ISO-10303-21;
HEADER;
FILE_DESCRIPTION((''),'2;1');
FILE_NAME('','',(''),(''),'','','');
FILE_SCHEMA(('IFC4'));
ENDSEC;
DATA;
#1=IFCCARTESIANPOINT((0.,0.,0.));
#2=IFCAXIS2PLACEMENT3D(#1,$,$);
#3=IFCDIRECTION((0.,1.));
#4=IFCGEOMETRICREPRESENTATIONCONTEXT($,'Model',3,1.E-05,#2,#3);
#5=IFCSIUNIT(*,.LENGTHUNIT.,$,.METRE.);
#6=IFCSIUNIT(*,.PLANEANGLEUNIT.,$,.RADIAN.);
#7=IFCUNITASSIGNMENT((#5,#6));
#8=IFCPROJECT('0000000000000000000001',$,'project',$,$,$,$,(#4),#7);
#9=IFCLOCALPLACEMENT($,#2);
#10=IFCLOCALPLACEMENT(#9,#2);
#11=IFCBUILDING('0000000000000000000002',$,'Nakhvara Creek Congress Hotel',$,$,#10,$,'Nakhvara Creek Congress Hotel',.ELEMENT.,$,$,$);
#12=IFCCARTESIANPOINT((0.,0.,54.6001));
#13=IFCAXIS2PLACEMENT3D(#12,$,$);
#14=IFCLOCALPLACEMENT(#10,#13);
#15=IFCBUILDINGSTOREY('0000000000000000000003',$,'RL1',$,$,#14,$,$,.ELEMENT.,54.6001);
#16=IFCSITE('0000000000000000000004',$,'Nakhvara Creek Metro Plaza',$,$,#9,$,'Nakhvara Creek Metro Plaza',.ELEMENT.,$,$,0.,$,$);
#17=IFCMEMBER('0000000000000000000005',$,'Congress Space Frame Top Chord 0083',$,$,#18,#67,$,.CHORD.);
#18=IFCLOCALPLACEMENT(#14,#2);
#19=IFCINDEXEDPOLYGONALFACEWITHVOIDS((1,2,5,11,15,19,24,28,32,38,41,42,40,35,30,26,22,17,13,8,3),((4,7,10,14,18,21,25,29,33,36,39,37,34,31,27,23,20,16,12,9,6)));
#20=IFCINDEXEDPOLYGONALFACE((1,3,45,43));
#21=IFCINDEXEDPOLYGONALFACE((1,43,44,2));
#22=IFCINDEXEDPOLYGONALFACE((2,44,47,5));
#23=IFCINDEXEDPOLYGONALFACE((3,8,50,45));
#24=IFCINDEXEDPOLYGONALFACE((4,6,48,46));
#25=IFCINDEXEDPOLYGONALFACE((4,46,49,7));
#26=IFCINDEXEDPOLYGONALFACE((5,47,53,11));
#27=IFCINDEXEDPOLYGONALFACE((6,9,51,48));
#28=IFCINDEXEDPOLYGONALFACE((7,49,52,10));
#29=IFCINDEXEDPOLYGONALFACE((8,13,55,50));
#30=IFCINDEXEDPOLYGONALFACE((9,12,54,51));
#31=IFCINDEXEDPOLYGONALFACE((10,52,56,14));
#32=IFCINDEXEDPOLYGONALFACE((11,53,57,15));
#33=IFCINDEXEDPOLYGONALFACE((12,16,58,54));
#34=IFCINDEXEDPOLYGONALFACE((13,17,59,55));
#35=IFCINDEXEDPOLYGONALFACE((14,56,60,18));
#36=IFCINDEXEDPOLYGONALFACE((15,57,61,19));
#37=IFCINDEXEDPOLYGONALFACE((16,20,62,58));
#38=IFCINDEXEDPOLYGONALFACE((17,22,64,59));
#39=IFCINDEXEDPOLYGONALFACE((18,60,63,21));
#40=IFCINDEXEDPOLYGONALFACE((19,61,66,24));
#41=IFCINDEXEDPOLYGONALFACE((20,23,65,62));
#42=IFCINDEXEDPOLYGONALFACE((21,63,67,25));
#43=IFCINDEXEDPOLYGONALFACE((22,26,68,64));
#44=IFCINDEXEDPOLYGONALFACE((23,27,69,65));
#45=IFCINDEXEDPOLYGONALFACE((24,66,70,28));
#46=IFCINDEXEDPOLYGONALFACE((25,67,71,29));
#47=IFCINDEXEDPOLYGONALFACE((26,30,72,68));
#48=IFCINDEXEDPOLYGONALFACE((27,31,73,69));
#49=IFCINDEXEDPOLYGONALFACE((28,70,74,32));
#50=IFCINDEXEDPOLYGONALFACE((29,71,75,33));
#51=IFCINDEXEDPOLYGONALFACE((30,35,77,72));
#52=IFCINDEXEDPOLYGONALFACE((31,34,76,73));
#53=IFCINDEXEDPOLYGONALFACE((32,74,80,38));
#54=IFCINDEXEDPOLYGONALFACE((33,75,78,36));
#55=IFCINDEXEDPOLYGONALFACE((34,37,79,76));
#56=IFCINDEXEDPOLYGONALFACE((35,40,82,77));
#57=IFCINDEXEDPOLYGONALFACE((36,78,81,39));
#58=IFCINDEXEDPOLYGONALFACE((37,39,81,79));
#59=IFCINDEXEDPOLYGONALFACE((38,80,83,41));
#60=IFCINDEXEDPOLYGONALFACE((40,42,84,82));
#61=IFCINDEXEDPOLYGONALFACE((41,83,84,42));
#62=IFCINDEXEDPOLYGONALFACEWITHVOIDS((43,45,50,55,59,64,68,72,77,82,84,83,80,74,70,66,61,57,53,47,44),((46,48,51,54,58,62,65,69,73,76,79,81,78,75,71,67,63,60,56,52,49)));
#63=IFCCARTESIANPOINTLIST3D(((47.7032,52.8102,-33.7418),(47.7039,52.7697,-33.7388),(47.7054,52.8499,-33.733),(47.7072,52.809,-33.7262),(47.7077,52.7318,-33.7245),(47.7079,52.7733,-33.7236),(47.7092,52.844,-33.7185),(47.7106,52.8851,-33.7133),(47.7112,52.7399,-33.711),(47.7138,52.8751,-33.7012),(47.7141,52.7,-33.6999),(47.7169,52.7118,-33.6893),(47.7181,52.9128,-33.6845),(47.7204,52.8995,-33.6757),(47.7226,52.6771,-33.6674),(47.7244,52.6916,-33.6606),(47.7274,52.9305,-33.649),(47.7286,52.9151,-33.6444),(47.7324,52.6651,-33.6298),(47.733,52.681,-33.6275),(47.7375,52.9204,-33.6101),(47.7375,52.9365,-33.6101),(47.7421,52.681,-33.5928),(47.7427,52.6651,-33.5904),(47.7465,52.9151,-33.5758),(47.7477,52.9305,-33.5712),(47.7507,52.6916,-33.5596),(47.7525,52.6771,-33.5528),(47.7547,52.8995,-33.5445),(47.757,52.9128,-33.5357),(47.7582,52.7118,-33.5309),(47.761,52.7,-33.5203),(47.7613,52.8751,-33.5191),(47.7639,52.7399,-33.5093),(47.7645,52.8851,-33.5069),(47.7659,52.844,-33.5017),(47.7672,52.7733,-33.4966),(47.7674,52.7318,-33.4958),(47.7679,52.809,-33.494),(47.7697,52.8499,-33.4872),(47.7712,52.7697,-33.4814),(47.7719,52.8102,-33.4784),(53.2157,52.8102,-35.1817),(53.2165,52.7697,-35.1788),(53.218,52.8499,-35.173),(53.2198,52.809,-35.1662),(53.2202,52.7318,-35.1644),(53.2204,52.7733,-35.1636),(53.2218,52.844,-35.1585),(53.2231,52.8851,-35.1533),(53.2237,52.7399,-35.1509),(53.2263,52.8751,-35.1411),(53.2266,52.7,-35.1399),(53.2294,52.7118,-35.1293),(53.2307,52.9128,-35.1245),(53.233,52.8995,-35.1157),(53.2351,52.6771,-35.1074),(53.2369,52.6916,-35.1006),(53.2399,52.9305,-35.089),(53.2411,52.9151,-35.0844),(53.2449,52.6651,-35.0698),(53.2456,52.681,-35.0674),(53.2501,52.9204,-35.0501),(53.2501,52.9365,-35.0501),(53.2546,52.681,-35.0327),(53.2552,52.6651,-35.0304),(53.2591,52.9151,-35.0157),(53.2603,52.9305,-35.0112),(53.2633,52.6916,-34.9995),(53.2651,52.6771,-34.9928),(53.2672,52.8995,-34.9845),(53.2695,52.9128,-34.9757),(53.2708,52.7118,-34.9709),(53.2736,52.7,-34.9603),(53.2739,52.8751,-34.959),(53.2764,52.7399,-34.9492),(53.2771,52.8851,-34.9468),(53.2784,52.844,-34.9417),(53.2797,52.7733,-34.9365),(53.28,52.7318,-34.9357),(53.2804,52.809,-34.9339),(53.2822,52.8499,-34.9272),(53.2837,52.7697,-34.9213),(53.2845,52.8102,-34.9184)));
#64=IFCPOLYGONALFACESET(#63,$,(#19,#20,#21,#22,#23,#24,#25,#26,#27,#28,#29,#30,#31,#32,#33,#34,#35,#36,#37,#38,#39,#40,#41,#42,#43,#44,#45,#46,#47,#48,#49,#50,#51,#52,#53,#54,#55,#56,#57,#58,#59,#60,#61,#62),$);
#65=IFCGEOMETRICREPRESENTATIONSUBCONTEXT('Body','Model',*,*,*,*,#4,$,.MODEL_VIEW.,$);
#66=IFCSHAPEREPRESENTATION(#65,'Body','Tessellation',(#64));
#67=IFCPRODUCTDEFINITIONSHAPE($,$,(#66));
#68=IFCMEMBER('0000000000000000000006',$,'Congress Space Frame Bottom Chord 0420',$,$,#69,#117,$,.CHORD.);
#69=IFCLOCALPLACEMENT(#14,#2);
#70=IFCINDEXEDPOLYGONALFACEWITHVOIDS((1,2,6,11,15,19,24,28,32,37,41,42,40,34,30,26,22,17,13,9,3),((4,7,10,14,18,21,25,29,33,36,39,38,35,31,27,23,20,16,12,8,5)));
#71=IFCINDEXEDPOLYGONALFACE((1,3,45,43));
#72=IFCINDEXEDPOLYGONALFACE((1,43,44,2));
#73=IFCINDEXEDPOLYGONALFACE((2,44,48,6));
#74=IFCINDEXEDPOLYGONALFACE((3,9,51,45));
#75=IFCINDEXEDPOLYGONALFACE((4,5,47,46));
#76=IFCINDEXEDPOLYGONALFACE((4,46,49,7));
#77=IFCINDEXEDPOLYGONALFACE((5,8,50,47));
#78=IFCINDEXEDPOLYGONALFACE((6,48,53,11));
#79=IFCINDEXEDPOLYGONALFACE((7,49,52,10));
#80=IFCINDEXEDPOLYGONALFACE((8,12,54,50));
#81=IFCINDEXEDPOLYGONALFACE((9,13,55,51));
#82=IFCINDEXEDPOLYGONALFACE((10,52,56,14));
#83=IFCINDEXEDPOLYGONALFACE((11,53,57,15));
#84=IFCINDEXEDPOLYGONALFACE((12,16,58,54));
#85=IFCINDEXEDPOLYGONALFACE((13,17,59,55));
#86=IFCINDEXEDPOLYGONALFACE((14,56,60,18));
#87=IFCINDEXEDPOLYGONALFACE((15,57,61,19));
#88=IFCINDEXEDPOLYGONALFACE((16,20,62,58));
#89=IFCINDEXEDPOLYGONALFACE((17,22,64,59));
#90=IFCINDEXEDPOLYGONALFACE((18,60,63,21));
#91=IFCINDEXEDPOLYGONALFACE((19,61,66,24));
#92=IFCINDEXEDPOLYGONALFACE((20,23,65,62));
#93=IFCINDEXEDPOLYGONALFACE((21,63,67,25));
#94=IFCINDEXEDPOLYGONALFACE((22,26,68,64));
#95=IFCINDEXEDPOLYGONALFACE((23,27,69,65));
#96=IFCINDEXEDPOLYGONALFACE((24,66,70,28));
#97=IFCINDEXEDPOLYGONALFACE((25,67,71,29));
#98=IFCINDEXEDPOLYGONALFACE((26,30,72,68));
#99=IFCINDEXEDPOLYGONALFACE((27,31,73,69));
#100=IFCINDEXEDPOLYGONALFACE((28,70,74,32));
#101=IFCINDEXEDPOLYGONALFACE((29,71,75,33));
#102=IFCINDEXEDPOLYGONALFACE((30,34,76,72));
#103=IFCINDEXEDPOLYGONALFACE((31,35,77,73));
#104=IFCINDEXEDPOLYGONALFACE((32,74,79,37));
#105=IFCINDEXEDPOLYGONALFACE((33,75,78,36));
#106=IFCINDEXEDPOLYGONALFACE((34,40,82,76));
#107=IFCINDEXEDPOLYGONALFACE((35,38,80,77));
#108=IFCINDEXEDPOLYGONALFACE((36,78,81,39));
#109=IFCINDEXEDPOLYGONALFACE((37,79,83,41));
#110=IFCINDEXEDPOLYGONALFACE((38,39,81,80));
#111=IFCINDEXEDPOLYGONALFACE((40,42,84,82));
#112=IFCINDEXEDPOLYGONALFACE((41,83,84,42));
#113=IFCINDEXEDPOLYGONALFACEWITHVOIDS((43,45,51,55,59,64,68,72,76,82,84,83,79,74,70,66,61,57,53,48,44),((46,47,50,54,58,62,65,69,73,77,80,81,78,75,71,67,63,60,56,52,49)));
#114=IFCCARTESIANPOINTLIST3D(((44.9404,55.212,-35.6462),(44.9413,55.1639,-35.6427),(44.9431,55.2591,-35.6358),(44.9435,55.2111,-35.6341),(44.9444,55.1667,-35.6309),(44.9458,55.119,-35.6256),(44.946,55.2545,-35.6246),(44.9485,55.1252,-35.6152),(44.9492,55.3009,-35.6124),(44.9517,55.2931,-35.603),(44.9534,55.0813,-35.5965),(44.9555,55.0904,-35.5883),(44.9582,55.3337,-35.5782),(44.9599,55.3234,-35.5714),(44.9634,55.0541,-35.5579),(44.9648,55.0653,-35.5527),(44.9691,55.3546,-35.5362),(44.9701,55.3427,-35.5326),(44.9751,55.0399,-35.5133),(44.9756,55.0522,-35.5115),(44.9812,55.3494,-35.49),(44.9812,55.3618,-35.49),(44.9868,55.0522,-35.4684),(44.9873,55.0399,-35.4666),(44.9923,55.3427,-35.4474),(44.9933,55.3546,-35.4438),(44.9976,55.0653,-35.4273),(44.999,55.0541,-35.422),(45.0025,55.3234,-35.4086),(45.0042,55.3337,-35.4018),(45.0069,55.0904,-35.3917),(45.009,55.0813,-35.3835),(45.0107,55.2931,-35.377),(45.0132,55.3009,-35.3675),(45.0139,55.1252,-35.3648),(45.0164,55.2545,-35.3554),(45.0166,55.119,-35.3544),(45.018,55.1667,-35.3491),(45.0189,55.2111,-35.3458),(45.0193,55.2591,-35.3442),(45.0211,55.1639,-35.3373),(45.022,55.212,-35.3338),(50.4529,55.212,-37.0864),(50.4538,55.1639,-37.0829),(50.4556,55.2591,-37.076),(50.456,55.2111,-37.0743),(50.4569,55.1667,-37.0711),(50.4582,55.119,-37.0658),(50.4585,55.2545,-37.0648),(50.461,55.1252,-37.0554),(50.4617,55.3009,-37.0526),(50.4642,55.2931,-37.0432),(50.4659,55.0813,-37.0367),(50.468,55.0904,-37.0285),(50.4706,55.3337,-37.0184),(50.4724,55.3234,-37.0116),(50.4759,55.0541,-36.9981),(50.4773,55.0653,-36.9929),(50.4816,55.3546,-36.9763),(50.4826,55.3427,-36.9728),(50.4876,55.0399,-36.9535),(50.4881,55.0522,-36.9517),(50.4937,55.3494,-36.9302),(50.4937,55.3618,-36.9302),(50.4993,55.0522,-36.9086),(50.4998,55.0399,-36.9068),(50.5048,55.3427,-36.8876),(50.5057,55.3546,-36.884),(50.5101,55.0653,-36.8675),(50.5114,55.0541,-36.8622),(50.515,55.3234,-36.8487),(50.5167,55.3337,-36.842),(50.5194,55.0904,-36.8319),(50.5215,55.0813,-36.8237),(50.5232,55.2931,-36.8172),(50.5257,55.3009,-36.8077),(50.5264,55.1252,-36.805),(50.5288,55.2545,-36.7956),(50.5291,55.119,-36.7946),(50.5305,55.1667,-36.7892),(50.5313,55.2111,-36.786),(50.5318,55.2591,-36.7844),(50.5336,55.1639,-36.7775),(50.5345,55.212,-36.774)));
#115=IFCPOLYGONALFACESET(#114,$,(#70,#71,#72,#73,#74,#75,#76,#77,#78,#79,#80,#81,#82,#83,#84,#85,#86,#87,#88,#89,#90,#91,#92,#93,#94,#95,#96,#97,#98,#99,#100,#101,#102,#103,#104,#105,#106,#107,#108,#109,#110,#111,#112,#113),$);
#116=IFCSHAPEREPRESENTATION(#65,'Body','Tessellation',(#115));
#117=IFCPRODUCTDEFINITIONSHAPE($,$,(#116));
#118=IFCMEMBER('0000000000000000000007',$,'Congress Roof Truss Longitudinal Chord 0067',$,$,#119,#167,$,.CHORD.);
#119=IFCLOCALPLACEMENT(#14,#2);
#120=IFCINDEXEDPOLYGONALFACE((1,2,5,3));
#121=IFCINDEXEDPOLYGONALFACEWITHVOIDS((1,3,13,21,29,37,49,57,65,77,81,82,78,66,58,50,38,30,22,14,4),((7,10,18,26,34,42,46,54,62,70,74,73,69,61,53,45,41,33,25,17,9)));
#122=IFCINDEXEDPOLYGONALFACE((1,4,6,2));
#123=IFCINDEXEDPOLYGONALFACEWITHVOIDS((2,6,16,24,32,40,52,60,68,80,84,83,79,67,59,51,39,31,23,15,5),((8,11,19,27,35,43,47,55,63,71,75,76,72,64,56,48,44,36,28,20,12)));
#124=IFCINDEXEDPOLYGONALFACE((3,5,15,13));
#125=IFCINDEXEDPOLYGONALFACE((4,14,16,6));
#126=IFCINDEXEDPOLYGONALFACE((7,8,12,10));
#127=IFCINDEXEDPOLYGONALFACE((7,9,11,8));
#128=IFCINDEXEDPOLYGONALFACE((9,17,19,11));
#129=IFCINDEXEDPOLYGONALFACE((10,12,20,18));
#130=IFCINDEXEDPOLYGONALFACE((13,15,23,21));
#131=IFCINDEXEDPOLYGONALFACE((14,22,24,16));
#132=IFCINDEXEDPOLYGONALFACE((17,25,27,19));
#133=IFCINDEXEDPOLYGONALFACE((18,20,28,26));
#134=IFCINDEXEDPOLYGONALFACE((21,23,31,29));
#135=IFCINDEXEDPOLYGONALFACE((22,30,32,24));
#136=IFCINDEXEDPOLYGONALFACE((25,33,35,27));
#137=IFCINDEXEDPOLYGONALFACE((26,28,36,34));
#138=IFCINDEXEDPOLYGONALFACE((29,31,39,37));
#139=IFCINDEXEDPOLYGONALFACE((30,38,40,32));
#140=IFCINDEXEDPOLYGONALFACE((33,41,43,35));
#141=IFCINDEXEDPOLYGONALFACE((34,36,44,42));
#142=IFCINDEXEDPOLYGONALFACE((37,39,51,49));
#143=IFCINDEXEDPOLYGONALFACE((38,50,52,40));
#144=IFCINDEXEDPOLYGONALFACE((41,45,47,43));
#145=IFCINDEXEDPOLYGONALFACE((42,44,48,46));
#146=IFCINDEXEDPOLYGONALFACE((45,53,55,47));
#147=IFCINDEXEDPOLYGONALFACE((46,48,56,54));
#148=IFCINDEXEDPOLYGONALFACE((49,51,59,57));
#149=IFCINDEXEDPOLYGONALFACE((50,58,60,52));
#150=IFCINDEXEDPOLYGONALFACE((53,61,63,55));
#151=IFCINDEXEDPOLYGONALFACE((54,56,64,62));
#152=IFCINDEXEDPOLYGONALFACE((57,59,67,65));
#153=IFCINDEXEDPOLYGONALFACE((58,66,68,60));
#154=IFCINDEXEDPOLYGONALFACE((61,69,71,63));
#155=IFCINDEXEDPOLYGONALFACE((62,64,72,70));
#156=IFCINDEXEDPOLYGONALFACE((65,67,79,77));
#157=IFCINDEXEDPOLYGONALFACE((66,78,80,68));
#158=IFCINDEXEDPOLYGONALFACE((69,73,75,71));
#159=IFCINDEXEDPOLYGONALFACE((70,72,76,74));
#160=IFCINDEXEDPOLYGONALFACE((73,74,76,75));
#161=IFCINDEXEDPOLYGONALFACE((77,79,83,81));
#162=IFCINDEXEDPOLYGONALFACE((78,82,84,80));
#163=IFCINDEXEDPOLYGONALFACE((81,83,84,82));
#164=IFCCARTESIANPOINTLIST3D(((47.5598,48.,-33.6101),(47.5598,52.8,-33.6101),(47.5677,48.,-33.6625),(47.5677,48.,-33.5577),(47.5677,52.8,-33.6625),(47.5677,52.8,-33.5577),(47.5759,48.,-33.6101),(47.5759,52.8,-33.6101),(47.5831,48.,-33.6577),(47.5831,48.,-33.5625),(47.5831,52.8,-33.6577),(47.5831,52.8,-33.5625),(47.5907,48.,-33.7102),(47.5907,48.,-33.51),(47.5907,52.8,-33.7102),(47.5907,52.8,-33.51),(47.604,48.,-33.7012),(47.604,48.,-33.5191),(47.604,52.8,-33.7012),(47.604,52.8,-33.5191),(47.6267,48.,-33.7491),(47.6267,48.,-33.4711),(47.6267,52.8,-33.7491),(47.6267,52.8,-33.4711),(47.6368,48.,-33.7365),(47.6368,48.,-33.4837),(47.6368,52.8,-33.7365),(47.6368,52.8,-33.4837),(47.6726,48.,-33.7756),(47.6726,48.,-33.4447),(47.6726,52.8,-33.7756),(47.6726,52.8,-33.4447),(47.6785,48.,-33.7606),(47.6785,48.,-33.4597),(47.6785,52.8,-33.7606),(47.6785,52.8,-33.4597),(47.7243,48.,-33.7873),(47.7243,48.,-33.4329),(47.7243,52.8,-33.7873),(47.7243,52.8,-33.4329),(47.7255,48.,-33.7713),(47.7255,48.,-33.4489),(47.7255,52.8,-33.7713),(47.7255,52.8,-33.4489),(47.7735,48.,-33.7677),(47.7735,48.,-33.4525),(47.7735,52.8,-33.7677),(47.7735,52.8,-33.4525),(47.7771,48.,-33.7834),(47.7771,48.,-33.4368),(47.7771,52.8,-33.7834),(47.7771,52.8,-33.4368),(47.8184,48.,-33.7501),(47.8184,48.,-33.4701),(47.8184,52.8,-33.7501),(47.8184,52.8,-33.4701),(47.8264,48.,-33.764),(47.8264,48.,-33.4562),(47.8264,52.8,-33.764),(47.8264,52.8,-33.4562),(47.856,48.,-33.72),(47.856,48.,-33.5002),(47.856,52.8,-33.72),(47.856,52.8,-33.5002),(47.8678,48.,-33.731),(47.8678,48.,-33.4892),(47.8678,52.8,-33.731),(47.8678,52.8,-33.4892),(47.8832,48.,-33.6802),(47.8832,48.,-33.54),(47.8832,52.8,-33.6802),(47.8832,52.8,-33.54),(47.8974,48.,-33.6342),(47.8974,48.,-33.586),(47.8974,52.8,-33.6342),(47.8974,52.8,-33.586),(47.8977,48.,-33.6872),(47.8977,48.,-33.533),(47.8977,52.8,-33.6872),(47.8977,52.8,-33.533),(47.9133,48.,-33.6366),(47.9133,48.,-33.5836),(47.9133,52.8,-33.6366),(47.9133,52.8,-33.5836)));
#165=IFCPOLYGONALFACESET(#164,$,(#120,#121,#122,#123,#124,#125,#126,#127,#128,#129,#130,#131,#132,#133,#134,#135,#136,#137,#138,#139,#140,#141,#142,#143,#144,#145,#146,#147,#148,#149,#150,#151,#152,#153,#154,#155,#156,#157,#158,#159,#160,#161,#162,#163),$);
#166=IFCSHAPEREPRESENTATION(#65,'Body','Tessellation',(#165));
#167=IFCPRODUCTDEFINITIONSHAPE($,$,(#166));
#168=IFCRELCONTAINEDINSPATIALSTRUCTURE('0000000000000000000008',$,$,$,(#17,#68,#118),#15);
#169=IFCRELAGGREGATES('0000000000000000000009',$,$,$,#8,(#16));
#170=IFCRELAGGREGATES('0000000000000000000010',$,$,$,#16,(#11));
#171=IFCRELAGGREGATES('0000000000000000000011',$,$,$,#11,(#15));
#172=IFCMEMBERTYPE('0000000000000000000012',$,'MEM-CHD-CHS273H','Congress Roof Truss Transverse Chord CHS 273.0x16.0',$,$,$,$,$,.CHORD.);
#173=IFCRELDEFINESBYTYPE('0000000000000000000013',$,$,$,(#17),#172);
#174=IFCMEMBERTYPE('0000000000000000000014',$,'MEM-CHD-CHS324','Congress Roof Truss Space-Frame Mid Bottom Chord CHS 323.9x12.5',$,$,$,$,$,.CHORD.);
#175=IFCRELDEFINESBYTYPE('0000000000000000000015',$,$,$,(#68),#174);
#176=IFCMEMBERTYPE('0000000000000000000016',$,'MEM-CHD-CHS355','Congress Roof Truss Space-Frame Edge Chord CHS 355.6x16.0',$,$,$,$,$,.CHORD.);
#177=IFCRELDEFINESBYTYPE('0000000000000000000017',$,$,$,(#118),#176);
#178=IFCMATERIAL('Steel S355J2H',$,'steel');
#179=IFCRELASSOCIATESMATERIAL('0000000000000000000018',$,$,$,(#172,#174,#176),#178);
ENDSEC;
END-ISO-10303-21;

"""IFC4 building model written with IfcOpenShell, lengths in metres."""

from ifc_helpers import new_model, si_unit, direction, frame, origin, origin_2d, place, context, subcontext, project, spatial, hollow_circle, extrude, material, material_profile, profile_set, type_object, element, save


model = new_model("IFC4")

# Units and contexts
model_context = context("Model", 3, precision=1e-05, world=origin(), true_north=direction((0.0, 1.0)))
body_context = subcontext(model_context, "Body", "Model", "MODEL_VIEW")
ifc_project = project(units=[si_unit("LENGTHUNIT", "METRE"), si_unit("PLANEANGLEUNIT", "RADIAN")], contexts=[model_context])

# Site, building, storey
site_placement = place(None, origin())
site = spatial("IfcSite", under=ifc_project, at=site_placement, Name="Nakhvara Creek Metro Plaza", LongName="Nakhvara Creek Metro Plaza", CompositionType="ELEMENT", RefElevation=0.0)
building_placement = place(site_placement, origin())
building = spatial("IfcBuilding", under=site, at=building_placement, Name="Nakhvara Creek Congress Hotel", LongName="Nakhvara Creek Congress Hotel", CompositionType="ELEMENT")
storey_placement = place(building_placement, frame((0.0, 0.0, 54.6001)))
storey = spatial("IfcBuildingStorey", under=building, at=storey_placement, Name="RL1", CompositionType="ELEMENT", Elevation=54.6001)

# Members
ifc_material_1 = material(Name="Steel S355J2H", Category="steel")
ifc_material_profile_1 = material_profile(ifc_material_1, hollow_circle(Radius=0.1365, WallThickness=0.0161, at=origin_2d()), Name="CHS 273.0x16.0", Category="LoadBearing")
ifc_profile_set_1 = profile_set([ifc_material_profile_1], Name="Steel S355J2H")
member_type_1 = type_object("IfcMemberType", Name="MEM-CHD-CHS273H", Description="Congress Roof Truss Transverse Chord CHS 273.0x16.0", PredefinedType="CHORD", material=ifc_profile_set_1)
for number, where, z_axis, x_axis, name in (
    (1, (47.7375, 52.8, -33.6101), (0.967535, 0.0, -0.252736), (0.0, 1.0, 0.0), "Congress Space Frame Top Chord 0083"),
):
    element("IfcMember", number, at=place(storey_placement, frame(where, z_axis=z_axis, x_axis=x_axis)), inside=storey, type_object=member_type_1, Name=name, PredefinedType="CHORD", context=body_context, shape_type="SweptSolid", body=[
        extrude(hollow_circle(Radius=0.1365, WallThickness=0.0161, at=origin_2d()), origin(), (0.0, 0.0, 1.0), 5.6975),
    ])
ifc_material_profile_2 = material_profile(ifc_material_1, hollow_circle(Radius=0.1619, WallThickness=0.0125, at=origin_2d()), Name="CHS 323.9x12.5", Category="LoadBearing")
ifc_profile_set_2 = profile_set([ifc_material_profile_2], Name="Steel S355J2H")
member_type_2 = type_object("IfcMemberType", Name="MEM-CHD-CHS324", Description="Congress Roof Truss Space-Frame Mid Bottom Chord CHS 323.9x12.5", PredefinedType="CHORD", material=ifc_profile_set_2)
member_1_placement = place(storey_placement, frame((44.9812, 55.2, -35.49), z_axis=(0.967525, 0.0, -0.252776), x_axis=(0.0, 1.0, 0.0)))
element("IfcMember", 2, at=member_1_placement, inside=storey, type_object=member_type_2, Name="Congress Space Frame Bottom Chord 0420", PredefinedType="CHORD", context=body_context, shape_type="SweptSolid", body=[
    extrude(hollow_circle(Radius=0.1619, WallThickness=0.0125, at=origin_2d()), origin(), (0.0, 0.0, 1.0), 5.6975),
])
ifc_material_profile_3 = material_profile(ifc_material_1, hollow_circle(Radius=0.1777, WallThickness=0.0161, at=origin_2d()), Name="CHS 355.6x16.0", Category="LoadBearing")
ifc_profile_set_3 = profile_set([ifc_material_profile_3], Name="Steel S355J2H")
member_type_3 = type_object("IfcMemberType", Name="MEM-CHD-CHS355", Description="Congress Roof Truss Space-Frame Edge Chord CHS 355.6x16.0", PredefinedType="CHORD", material=ifc_profile_set_3)
for number, where, z_axis, x_axis, name in (
    (3, (47.7375, 48.0, -33.6101), (0.0, 1.0, 0.0), (-1.0, 0.0, 0.0), "Congress Roof Truss Longitudinal Chord 0067"),
):
    element("IfcMember", number, at=place(storey_placement, frame(where, z_axis=z_axis, x_axis=x_axis)), inside=storey, type_object=member_type_3, Name=name, PredefinedType="CHORD", context=body_context, shape_type="SweptSolid", body=[
        extrude(hollow_circle(Radius=0.1777, WallThickness=0.0161, at=origin_2d()), origin(), (0.0, 0.0, 1.0), 4.8),
    ])

save(model, "model.ifc")
